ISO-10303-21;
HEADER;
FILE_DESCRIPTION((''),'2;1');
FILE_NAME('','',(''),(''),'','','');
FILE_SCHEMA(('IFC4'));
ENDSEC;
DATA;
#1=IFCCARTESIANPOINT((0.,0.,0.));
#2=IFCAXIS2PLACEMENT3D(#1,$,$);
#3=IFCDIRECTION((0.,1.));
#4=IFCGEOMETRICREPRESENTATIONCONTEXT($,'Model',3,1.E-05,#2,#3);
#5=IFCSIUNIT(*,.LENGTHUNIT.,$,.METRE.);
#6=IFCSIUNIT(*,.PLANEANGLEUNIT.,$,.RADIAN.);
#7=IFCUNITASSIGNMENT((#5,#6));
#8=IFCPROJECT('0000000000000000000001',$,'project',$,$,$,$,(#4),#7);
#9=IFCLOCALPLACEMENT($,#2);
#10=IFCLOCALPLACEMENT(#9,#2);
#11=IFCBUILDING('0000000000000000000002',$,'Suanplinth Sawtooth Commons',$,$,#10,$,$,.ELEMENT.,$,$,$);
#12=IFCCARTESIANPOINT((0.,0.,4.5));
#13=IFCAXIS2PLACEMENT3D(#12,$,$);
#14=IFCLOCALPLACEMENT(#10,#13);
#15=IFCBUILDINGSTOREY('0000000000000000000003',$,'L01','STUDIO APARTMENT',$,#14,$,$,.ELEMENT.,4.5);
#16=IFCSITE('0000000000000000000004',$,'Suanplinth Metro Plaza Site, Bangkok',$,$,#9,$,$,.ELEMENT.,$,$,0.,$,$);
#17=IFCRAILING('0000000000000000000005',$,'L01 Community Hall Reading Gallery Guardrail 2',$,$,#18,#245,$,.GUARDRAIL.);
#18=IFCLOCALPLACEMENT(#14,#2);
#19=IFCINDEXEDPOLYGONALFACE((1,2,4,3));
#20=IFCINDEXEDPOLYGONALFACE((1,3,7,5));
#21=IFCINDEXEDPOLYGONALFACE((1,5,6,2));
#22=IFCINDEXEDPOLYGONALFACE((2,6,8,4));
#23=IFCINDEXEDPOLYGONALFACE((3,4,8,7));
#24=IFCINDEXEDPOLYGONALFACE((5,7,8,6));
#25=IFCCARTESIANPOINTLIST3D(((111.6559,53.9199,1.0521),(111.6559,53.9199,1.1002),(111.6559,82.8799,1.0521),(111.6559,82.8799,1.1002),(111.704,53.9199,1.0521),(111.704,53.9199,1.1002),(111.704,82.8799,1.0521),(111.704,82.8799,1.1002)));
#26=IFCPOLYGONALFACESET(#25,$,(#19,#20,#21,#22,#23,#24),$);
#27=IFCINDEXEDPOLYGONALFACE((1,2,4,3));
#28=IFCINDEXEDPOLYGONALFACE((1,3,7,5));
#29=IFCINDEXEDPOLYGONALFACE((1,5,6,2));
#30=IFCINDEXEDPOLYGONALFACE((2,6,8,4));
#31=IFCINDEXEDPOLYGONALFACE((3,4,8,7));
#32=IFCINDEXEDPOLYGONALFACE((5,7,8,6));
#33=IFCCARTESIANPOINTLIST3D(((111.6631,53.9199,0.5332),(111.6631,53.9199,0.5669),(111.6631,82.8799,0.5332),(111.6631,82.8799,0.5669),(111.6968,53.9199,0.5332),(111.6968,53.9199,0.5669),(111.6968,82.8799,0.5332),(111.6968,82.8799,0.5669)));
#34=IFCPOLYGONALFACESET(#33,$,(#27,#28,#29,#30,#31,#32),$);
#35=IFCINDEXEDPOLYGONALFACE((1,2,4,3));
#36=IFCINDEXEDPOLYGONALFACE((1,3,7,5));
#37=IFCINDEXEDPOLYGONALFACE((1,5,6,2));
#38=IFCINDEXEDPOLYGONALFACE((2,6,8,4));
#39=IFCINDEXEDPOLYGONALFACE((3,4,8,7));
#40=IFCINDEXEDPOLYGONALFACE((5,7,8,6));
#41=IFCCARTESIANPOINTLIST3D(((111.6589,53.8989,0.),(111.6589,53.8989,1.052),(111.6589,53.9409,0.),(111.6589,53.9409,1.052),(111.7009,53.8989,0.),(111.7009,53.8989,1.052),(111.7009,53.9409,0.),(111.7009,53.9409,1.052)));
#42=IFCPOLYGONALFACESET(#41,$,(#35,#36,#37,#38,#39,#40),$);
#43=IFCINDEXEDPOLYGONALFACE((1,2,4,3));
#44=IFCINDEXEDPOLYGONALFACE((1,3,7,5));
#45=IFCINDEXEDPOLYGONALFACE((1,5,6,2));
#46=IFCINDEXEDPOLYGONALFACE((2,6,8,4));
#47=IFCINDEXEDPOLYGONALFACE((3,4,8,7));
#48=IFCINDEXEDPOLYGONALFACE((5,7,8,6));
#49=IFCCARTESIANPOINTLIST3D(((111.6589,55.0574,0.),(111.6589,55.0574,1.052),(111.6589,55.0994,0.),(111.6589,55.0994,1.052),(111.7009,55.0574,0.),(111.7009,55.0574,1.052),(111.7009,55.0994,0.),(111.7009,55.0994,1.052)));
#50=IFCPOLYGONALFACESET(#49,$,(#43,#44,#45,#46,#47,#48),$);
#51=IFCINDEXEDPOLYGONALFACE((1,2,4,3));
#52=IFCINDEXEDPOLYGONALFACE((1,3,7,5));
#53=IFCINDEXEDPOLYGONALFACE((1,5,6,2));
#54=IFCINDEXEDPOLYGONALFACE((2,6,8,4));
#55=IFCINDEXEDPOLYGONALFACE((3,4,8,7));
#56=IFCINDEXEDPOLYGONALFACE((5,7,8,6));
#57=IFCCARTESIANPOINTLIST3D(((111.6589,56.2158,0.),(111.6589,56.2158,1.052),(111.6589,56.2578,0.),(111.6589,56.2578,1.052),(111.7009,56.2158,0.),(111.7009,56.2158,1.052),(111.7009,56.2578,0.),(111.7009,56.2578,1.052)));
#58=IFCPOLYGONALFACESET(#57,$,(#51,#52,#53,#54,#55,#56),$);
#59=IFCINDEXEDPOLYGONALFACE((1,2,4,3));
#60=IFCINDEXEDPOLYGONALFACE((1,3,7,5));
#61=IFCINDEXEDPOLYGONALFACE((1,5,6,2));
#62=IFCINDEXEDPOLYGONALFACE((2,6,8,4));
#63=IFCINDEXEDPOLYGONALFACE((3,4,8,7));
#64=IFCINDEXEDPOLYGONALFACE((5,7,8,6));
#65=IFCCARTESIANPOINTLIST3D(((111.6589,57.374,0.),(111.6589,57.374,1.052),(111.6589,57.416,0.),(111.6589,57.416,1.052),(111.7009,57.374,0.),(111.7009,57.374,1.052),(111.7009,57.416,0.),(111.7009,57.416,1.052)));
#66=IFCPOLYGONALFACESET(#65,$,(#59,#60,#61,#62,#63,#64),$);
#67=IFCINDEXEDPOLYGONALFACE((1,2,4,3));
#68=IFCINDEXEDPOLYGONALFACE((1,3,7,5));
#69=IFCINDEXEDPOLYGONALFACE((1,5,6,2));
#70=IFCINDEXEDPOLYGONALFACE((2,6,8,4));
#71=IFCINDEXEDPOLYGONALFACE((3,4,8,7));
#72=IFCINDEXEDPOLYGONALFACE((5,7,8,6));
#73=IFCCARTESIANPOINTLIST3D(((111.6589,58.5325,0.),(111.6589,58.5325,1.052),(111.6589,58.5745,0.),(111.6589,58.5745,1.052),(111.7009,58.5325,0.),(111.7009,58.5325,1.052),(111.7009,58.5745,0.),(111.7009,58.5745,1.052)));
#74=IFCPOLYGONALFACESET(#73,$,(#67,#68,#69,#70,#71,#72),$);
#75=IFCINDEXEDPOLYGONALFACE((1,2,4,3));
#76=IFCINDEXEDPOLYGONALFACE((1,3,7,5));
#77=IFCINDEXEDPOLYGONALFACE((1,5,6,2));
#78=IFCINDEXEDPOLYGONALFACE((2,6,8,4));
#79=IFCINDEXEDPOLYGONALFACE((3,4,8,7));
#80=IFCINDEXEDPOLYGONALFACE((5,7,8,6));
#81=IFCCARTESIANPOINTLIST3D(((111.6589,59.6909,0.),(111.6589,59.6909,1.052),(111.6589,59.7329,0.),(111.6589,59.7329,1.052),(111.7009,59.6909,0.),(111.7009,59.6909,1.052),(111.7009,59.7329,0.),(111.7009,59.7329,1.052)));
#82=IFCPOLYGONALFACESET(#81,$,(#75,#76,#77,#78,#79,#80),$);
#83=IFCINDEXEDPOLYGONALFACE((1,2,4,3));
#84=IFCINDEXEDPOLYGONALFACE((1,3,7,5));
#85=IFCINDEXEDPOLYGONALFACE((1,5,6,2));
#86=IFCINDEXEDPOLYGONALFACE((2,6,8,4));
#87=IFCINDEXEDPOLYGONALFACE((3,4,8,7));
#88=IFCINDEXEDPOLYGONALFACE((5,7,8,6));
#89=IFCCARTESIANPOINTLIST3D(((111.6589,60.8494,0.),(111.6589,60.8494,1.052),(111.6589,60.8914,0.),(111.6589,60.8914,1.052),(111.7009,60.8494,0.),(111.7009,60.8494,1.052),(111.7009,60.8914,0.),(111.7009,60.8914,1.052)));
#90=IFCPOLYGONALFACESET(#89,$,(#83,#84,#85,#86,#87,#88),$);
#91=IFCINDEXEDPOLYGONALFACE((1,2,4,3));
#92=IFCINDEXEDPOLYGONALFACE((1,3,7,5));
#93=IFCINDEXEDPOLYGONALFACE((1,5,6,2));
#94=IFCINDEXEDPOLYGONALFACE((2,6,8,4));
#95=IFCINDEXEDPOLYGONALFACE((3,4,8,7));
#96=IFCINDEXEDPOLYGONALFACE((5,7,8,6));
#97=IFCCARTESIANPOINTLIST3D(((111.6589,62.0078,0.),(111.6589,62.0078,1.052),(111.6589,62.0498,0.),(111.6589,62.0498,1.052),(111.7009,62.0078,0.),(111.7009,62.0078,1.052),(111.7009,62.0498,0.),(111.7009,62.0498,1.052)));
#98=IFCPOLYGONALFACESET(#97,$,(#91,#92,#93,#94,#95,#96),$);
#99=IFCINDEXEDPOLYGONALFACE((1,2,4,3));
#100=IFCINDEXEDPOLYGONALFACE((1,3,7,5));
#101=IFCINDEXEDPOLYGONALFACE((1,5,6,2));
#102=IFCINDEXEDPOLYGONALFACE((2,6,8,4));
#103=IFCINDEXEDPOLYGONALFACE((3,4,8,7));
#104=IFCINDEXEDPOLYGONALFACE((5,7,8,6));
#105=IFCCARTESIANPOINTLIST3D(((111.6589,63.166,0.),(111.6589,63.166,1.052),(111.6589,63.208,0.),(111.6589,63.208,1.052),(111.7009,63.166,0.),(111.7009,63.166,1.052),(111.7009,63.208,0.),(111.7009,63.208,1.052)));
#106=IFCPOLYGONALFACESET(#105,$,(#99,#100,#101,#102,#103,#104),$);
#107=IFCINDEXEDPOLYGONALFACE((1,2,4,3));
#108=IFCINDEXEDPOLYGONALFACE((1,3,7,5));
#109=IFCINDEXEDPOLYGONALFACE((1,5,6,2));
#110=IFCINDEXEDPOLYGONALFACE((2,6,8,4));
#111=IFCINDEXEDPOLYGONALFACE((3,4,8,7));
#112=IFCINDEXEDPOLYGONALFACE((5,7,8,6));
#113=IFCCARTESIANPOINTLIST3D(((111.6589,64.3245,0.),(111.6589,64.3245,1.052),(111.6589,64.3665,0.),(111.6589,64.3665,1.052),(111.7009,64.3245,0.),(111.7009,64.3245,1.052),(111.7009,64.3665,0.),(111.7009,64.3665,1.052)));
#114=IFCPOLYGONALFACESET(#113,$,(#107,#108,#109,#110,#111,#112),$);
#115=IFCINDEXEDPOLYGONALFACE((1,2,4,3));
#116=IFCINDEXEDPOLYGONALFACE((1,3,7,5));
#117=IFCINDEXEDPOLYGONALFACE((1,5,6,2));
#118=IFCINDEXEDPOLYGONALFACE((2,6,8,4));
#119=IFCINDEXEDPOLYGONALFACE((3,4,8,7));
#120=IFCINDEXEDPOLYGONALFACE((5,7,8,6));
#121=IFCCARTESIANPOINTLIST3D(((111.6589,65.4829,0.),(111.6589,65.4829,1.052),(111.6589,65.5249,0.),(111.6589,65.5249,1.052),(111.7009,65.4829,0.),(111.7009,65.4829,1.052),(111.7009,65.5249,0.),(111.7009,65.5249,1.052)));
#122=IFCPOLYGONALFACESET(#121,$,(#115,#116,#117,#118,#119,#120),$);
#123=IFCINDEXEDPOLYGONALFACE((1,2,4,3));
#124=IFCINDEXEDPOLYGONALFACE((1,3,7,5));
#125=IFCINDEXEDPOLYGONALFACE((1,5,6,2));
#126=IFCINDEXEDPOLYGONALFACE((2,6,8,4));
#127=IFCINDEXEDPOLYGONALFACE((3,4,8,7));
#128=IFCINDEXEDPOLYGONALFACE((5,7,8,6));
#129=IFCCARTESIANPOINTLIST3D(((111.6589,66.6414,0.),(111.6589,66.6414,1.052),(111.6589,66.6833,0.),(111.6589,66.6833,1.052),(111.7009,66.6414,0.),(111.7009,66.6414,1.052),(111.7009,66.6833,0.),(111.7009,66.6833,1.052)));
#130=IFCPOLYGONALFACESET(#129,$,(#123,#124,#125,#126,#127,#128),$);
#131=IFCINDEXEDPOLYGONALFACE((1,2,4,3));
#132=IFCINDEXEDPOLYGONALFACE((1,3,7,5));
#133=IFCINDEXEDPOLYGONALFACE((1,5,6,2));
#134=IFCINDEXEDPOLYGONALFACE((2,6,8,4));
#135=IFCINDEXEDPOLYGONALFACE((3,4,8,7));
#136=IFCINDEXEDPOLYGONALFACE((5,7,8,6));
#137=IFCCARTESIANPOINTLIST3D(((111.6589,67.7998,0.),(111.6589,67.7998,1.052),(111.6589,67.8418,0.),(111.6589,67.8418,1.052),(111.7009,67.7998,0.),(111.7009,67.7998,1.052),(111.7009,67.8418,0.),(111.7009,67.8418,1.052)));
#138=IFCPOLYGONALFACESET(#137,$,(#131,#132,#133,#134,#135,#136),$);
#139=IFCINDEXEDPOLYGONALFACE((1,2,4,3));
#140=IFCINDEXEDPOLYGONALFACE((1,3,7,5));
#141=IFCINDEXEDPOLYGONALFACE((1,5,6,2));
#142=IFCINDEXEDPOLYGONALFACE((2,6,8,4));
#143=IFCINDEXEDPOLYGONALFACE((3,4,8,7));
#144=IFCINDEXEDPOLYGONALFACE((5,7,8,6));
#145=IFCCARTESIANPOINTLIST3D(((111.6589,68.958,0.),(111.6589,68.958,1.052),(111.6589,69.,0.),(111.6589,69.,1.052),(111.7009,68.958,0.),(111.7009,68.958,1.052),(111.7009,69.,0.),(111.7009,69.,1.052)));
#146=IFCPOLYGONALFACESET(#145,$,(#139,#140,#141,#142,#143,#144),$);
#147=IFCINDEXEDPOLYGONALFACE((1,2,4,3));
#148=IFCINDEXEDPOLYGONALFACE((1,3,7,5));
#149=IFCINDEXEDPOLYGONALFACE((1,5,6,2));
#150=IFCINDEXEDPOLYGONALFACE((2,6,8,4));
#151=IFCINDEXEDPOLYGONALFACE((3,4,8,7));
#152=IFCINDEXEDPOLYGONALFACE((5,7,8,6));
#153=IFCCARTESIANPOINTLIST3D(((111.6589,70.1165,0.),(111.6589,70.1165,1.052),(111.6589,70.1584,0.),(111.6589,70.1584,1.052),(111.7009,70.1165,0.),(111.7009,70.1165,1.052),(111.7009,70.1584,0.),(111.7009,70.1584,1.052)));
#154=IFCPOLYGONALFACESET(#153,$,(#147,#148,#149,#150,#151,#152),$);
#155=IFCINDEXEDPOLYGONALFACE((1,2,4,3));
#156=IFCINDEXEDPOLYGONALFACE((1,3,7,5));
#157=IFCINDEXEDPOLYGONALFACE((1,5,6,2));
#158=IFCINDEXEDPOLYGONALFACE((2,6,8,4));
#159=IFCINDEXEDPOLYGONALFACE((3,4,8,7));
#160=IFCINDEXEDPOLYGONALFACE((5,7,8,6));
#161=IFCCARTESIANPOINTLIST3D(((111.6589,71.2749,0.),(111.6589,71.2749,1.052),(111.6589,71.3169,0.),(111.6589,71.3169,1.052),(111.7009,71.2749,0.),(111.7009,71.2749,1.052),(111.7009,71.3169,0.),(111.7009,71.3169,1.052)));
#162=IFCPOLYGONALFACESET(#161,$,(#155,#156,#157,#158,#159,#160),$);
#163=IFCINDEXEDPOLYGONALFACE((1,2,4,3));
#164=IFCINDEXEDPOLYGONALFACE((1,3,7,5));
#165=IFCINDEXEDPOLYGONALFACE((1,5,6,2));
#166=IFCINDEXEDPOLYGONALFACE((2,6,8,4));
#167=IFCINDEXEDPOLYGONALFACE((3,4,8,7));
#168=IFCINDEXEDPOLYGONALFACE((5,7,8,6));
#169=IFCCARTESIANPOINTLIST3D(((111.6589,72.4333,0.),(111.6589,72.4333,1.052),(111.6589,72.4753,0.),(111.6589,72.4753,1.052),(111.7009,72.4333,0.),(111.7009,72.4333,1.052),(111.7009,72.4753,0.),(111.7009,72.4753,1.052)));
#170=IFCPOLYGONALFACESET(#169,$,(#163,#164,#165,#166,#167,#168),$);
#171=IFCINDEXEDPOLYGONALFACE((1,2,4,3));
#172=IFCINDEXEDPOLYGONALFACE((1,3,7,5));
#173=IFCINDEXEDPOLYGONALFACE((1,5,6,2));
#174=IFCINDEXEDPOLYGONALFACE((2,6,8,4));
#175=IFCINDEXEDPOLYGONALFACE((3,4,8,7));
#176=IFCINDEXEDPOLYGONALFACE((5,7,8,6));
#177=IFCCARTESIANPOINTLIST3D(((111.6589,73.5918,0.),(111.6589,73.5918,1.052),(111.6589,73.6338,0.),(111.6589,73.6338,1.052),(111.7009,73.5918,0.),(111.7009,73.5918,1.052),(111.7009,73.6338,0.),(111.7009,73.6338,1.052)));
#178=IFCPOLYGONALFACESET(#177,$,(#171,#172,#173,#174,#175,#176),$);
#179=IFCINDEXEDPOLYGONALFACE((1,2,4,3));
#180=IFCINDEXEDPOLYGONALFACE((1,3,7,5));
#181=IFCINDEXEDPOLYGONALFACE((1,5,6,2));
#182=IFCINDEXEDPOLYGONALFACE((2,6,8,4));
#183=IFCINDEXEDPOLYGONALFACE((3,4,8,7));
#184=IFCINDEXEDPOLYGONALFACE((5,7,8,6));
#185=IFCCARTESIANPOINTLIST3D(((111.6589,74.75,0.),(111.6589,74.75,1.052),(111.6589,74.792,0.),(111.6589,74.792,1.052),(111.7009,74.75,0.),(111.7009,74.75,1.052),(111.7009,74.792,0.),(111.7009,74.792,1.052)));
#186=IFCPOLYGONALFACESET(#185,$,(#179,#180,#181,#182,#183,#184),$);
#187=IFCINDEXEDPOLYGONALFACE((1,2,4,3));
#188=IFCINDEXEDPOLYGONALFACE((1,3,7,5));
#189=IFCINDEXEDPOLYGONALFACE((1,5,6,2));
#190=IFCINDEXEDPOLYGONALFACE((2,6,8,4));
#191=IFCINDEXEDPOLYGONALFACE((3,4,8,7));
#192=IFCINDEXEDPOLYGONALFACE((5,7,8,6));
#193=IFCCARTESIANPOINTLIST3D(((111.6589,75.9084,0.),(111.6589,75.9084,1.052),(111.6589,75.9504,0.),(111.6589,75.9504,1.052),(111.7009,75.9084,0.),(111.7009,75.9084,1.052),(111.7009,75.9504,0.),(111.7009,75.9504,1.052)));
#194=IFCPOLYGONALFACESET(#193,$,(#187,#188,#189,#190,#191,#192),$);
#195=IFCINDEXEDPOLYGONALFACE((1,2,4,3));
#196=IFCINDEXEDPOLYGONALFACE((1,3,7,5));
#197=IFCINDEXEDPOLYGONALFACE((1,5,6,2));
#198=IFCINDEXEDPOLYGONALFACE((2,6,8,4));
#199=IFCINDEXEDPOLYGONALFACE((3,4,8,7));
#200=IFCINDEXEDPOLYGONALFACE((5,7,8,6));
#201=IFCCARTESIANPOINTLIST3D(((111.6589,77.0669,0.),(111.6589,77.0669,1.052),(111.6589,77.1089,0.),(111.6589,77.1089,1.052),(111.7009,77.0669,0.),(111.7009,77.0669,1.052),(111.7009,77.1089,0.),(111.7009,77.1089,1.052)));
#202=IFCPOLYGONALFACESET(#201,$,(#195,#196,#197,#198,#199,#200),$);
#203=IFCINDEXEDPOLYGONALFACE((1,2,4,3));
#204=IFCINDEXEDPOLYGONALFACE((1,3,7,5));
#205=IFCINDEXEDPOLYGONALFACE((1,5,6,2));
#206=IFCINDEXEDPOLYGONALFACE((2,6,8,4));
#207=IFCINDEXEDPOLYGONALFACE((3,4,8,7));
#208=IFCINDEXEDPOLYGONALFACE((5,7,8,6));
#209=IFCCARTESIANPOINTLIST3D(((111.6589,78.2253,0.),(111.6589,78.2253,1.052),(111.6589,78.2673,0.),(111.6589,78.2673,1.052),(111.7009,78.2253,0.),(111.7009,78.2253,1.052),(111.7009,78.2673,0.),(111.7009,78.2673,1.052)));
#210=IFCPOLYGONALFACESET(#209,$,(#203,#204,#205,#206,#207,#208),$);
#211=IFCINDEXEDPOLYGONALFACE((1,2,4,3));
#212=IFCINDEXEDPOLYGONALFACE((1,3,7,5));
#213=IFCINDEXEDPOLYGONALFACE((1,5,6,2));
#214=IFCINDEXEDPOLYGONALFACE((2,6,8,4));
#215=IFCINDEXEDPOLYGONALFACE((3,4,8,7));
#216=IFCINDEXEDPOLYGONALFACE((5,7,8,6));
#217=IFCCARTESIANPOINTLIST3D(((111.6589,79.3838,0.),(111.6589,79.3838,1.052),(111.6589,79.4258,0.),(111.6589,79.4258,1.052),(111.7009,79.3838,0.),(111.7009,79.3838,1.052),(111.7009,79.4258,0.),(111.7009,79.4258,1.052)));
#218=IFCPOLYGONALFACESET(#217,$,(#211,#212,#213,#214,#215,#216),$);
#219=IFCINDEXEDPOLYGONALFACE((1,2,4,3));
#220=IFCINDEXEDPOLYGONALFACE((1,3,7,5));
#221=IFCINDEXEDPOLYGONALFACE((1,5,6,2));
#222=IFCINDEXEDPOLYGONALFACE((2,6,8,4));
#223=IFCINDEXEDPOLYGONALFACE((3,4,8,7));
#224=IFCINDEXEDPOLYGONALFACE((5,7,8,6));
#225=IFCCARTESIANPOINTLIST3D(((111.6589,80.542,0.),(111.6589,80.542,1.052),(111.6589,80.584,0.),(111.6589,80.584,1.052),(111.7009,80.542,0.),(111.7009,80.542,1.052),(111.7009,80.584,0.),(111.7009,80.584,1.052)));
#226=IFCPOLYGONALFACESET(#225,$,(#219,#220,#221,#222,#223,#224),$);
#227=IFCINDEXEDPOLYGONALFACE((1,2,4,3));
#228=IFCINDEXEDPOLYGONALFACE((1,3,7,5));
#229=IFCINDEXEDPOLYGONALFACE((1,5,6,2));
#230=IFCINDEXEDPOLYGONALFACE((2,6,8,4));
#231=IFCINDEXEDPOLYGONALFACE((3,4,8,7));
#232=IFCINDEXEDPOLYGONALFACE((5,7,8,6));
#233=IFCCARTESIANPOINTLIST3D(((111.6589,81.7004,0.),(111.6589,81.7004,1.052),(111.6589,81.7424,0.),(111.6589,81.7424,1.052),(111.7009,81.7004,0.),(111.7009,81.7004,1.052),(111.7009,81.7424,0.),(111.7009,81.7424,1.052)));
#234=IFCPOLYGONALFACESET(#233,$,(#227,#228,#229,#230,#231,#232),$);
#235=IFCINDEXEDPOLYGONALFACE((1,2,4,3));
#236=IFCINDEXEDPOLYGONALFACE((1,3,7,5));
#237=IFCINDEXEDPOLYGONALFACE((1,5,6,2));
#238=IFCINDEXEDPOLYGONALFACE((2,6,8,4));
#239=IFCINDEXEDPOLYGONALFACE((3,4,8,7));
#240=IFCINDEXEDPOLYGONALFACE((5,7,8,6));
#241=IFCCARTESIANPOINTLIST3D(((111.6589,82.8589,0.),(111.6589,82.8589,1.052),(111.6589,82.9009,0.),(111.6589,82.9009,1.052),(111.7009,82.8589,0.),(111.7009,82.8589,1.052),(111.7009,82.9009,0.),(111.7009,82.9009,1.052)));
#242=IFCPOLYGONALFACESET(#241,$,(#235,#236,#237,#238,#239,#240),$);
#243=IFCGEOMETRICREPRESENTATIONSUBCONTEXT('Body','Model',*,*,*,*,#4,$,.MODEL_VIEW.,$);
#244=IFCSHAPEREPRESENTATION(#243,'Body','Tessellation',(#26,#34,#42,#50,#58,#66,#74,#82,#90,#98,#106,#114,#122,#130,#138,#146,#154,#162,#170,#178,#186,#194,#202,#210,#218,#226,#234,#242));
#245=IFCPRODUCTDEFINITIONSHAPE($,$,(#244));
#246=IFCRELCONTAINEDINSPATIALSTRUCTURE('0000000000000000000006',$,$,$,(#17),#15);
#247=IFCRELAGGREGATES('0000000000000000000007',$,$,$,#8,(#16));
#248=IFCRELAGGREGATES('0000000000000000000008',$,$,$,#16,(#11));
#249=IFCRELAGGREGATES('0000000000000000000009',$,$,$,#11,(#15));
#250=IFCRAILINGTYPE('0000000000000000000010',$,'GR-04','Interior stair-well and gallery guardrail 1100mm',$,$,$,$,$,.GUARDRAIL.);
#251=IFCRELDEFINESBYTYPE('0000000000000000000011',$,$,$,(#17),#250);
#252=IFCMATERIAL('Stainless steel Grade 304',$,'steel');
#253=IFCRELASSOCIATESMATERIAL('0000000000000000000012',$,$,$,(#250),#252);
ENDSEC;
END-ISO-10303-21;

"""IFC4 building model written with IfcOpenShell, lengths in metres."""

from ifc_helpers import new_model, si_unit, direction, frame, origin, origin_2d, place, context, subcontext, project, spatial, rectangle, extrude, material, type_object, element, save


model = new_model("IFC4")

# Units and contexts
model_context = context("Model", 3, precision=1e-05, world=origin(), true_north=direction((0.0, 1.0)))
body_context = subcontext(model_context, "Body", "Model", "MODEL_VIEW")
ifc_project = project(units=[si_unit("LENGTHUNIT", "METRE"), si_unit("PLANEANGLEUNIT", "RADIAN")], contexts=[model_context])

# Site, building, storey
site_placement = place(None, origin())
site = spatial("IfcSite", under=ifc_project, at=site_placement, Name="Suanplinth Metro Plaza Site, Bangkok", CompositionType="ELEMENT", RefElevation=0.0)
building_placement = place(site_placement, origin())
building = spatial("IfcBuilding", under=site, at=building_placement, Name="Suanplinth Sawtooth Commons", CompositionType="ELEMENT")
storey_placement = place(building_placement, frame((0.0, 0.0, 4.5)))
storey = spatial("IfcBuildingStorey", under=building, at=storey_placement, Name="L01", Description="STUDIO APARTMENT", CompositionType="ELEMENT", Elevation=4.5)

# Railing
ifc_material_1 = material(Name="Stainless steel Grade 304", Category="steel")
railing_type = type_object("IfcRailingType", Name="GR-04", Description="Interior stair-well and gallery guardrail 1100mm", PredefinedType="GUARDRAIL", material=ifc_material_1)
railing_1_placement = place(storey_placement, frame((111.6799, 53.9199, 0.0)))
element("IfcRailing", 1, at=railing_1_placement, inside=storey, type_object=railing_type, Name="L01 Community Hall Reading Gallery Guardrail 2", PredefinedType="GUARDRAIL", context=body_context, shape_type="SweptSolid", body=[
    extrude(rectangle(XDim=0.0481, YDim=0.0481, at=origin_2d()), frame((0.0, 0.0, 1.0762), z_axis=(0.0, 1.0, 0.0), x_axis=(-1.0, 0.0, 0.0)), (0.0, 0.0, 1.0), 28.96),
    extrude(rectangle(XDim=0.0337, YDim=0.0337, at=origin_2d()), frame((0.0, 0.0, 0.55), z_axis=(0.0, 1.0, 0.0), x_axis=(-1.0, 0.0, 0.0)), (0.0, 0.0, 1.0), 28.96),
    extrude(rectangle(XDim=0.042, YDim=0.042, at=origin_2d()), origin(), (0.0, 0.0, 1.0), 1.052),
    extrude(rectangle(XDim=0.042, YDim=0.042, at=origin_2d()), frame((0.0, 1.1584, 0.0)), (0.0, 0.0, 1.0), 1.052),
    extrude(rectangle(XDim=0.042, YDim=0.042, at=origin_2d()), frame((0.0, 2.3169, 0.0)), (0.0, 0.0, 1.0), 1.052),
    extrude(rectangle(XDim=0.042, YDim=0.042, at=origin_2d()), frame((0.0, 3.4751, 0.0)), (0.0, 0.0, 1.0), 1.052),
    extrude(rectangle(XDim=0.042, YDim=0.042, at=origin_2d()), frame((0.0, 4.6335, 0.0)), (0.0, 0.0, 1.0), 1.052),
    extrude(rectangle(XDim=0.042, YDim=0.042, at=origin_2d()), frame((0.0, 5.792, 0.0)), (0.0, 0.0, 1.0), 1.052),
    extrude(rectangle(XDim=0.042, YDim=0.042, at=origin_2d()), frame((0.0, 6.9504, 0.0)), (0.0, 0.0, 1.0), 1.052),
    extrude(rectangle(XDim=0.042, YDim=0.042, at=origin_2d()), frame((0.0, 8.1089, 0.0)), (0.0, 0.0, 1.0), 1.052),
    extrude(rectangle(XDim=0.042, YDim=0.042, at=origin_2d()), frame((0.0, 9.2671, 0.0)), (0.0, 0.0, 1.0), 1.052),
    extrude(rectangle(XDim=0.042, YDim=0.042, at=origin_2d()), frame((0.0, 10.4255, 0.0)), (0.0, 0.0, 1.0), 1.052),
    extrude(rectangle(XDim=0.042, YDim=0.042, at=origin_2d()), frame((0.0, 11.584, 0.0)), (0.0, 0.0, 1.0), 1.052),
    extrude(rectangle(XDim=0.042, YDim=0.042, at=origin_2d()), frame((0.0, 12.7424, 0.0)), (0.0, 0.0, 1.0), 1.052),
    extrude(rectangle(XDim=0.042, YDim=0.042, at=origin_2d()), frame((0.0, 13.9009, 0.0)), (0.0, 0.0, 1.0), 1.052),
    extrude(rectangle(XDim=0.042, YDim=0.042, at=origin_2d()), frame((0.0, 15.0591, 0.0)), (0.0, 0.0, 1.0), 1.052),
    extrude(rectangle(XDim=0.042, YDim=0.042, at=origin_2d()), frame((0.0, 16.2175, 0.0)), (0.0, 0.0, 1.0), 1.052),
    extrude(rectangle(XDim=0.042, YDim=0.042, at=origin_2d()), frame((0.0, 17.376, 0.0)), (0.0, 0.0, 1.0), 1.052),
    extrude(rectangle(XDim=0.042, YDim=0.042, at=origin_2d()), frame((0.0, 18.5344, 0.0)), (0.0, 0.0, 1.0), 1.052),
    extrude(rectangle(XDim=0.042, YDim=0.042, at=origin_2d()), frame((0.0, 19.6929, 0.0)), (0.0, 0.0, 1.0), 1.052),
    extrude(rectangle(XDim=0.042, YDim=0.042, at=origin_2d()), frame((0.0, 20.8511, 0.0)), (0.0, 0.0, 1.0), 1.052),
    extrude(rectangle(XDim=0.042, YDim=0.042, at=origin_2d()), frame((0.0, 22.0095, 0.0)), (0.0, 0.0, 1.0), 1.052),
    extrude(rectangle(XDim=0.042, YDim=0.042, at=origin_2d()), frame((0.0, 23.168, 0.0)), (0.0, 0.0, 1.0), 1.052),
    extrude(rectangle(XDim=0.042, YDim=0.042, at=origin_2d()), frame((0.0, 24.3264, 0.0)), (0.0, 0.0, 1.0), 1.052),
    extrude(rectangle(XDim=0.042, YDim=0.042, at=origin_2d()), frame((0.0, 25.4849, 0.0)), (0.0, 0.0, 1.0), 1.052),
    extrude(rectangle(XDim=0.042, YDim=0.042, at=origin_2d()), frame((0.0, 26.6431, 0.0)), (0.0, 0.0, 1.0), 1.052),
    extrude(rectangle(XDim=0.042, YDim=0.042, at=origin_2d()), frame((0.0, 27.8015, 0.0)), (0.0, 0.0, 1.0), 1.052),
    extrude(rectangle(XDim=0.042, YDim=0.042, at=origin_2d()), frame((0.0, 28.96, 0.0)), (0.0, 0.0, 1.0), 1.052),
])

save(model, "model.ifc")
